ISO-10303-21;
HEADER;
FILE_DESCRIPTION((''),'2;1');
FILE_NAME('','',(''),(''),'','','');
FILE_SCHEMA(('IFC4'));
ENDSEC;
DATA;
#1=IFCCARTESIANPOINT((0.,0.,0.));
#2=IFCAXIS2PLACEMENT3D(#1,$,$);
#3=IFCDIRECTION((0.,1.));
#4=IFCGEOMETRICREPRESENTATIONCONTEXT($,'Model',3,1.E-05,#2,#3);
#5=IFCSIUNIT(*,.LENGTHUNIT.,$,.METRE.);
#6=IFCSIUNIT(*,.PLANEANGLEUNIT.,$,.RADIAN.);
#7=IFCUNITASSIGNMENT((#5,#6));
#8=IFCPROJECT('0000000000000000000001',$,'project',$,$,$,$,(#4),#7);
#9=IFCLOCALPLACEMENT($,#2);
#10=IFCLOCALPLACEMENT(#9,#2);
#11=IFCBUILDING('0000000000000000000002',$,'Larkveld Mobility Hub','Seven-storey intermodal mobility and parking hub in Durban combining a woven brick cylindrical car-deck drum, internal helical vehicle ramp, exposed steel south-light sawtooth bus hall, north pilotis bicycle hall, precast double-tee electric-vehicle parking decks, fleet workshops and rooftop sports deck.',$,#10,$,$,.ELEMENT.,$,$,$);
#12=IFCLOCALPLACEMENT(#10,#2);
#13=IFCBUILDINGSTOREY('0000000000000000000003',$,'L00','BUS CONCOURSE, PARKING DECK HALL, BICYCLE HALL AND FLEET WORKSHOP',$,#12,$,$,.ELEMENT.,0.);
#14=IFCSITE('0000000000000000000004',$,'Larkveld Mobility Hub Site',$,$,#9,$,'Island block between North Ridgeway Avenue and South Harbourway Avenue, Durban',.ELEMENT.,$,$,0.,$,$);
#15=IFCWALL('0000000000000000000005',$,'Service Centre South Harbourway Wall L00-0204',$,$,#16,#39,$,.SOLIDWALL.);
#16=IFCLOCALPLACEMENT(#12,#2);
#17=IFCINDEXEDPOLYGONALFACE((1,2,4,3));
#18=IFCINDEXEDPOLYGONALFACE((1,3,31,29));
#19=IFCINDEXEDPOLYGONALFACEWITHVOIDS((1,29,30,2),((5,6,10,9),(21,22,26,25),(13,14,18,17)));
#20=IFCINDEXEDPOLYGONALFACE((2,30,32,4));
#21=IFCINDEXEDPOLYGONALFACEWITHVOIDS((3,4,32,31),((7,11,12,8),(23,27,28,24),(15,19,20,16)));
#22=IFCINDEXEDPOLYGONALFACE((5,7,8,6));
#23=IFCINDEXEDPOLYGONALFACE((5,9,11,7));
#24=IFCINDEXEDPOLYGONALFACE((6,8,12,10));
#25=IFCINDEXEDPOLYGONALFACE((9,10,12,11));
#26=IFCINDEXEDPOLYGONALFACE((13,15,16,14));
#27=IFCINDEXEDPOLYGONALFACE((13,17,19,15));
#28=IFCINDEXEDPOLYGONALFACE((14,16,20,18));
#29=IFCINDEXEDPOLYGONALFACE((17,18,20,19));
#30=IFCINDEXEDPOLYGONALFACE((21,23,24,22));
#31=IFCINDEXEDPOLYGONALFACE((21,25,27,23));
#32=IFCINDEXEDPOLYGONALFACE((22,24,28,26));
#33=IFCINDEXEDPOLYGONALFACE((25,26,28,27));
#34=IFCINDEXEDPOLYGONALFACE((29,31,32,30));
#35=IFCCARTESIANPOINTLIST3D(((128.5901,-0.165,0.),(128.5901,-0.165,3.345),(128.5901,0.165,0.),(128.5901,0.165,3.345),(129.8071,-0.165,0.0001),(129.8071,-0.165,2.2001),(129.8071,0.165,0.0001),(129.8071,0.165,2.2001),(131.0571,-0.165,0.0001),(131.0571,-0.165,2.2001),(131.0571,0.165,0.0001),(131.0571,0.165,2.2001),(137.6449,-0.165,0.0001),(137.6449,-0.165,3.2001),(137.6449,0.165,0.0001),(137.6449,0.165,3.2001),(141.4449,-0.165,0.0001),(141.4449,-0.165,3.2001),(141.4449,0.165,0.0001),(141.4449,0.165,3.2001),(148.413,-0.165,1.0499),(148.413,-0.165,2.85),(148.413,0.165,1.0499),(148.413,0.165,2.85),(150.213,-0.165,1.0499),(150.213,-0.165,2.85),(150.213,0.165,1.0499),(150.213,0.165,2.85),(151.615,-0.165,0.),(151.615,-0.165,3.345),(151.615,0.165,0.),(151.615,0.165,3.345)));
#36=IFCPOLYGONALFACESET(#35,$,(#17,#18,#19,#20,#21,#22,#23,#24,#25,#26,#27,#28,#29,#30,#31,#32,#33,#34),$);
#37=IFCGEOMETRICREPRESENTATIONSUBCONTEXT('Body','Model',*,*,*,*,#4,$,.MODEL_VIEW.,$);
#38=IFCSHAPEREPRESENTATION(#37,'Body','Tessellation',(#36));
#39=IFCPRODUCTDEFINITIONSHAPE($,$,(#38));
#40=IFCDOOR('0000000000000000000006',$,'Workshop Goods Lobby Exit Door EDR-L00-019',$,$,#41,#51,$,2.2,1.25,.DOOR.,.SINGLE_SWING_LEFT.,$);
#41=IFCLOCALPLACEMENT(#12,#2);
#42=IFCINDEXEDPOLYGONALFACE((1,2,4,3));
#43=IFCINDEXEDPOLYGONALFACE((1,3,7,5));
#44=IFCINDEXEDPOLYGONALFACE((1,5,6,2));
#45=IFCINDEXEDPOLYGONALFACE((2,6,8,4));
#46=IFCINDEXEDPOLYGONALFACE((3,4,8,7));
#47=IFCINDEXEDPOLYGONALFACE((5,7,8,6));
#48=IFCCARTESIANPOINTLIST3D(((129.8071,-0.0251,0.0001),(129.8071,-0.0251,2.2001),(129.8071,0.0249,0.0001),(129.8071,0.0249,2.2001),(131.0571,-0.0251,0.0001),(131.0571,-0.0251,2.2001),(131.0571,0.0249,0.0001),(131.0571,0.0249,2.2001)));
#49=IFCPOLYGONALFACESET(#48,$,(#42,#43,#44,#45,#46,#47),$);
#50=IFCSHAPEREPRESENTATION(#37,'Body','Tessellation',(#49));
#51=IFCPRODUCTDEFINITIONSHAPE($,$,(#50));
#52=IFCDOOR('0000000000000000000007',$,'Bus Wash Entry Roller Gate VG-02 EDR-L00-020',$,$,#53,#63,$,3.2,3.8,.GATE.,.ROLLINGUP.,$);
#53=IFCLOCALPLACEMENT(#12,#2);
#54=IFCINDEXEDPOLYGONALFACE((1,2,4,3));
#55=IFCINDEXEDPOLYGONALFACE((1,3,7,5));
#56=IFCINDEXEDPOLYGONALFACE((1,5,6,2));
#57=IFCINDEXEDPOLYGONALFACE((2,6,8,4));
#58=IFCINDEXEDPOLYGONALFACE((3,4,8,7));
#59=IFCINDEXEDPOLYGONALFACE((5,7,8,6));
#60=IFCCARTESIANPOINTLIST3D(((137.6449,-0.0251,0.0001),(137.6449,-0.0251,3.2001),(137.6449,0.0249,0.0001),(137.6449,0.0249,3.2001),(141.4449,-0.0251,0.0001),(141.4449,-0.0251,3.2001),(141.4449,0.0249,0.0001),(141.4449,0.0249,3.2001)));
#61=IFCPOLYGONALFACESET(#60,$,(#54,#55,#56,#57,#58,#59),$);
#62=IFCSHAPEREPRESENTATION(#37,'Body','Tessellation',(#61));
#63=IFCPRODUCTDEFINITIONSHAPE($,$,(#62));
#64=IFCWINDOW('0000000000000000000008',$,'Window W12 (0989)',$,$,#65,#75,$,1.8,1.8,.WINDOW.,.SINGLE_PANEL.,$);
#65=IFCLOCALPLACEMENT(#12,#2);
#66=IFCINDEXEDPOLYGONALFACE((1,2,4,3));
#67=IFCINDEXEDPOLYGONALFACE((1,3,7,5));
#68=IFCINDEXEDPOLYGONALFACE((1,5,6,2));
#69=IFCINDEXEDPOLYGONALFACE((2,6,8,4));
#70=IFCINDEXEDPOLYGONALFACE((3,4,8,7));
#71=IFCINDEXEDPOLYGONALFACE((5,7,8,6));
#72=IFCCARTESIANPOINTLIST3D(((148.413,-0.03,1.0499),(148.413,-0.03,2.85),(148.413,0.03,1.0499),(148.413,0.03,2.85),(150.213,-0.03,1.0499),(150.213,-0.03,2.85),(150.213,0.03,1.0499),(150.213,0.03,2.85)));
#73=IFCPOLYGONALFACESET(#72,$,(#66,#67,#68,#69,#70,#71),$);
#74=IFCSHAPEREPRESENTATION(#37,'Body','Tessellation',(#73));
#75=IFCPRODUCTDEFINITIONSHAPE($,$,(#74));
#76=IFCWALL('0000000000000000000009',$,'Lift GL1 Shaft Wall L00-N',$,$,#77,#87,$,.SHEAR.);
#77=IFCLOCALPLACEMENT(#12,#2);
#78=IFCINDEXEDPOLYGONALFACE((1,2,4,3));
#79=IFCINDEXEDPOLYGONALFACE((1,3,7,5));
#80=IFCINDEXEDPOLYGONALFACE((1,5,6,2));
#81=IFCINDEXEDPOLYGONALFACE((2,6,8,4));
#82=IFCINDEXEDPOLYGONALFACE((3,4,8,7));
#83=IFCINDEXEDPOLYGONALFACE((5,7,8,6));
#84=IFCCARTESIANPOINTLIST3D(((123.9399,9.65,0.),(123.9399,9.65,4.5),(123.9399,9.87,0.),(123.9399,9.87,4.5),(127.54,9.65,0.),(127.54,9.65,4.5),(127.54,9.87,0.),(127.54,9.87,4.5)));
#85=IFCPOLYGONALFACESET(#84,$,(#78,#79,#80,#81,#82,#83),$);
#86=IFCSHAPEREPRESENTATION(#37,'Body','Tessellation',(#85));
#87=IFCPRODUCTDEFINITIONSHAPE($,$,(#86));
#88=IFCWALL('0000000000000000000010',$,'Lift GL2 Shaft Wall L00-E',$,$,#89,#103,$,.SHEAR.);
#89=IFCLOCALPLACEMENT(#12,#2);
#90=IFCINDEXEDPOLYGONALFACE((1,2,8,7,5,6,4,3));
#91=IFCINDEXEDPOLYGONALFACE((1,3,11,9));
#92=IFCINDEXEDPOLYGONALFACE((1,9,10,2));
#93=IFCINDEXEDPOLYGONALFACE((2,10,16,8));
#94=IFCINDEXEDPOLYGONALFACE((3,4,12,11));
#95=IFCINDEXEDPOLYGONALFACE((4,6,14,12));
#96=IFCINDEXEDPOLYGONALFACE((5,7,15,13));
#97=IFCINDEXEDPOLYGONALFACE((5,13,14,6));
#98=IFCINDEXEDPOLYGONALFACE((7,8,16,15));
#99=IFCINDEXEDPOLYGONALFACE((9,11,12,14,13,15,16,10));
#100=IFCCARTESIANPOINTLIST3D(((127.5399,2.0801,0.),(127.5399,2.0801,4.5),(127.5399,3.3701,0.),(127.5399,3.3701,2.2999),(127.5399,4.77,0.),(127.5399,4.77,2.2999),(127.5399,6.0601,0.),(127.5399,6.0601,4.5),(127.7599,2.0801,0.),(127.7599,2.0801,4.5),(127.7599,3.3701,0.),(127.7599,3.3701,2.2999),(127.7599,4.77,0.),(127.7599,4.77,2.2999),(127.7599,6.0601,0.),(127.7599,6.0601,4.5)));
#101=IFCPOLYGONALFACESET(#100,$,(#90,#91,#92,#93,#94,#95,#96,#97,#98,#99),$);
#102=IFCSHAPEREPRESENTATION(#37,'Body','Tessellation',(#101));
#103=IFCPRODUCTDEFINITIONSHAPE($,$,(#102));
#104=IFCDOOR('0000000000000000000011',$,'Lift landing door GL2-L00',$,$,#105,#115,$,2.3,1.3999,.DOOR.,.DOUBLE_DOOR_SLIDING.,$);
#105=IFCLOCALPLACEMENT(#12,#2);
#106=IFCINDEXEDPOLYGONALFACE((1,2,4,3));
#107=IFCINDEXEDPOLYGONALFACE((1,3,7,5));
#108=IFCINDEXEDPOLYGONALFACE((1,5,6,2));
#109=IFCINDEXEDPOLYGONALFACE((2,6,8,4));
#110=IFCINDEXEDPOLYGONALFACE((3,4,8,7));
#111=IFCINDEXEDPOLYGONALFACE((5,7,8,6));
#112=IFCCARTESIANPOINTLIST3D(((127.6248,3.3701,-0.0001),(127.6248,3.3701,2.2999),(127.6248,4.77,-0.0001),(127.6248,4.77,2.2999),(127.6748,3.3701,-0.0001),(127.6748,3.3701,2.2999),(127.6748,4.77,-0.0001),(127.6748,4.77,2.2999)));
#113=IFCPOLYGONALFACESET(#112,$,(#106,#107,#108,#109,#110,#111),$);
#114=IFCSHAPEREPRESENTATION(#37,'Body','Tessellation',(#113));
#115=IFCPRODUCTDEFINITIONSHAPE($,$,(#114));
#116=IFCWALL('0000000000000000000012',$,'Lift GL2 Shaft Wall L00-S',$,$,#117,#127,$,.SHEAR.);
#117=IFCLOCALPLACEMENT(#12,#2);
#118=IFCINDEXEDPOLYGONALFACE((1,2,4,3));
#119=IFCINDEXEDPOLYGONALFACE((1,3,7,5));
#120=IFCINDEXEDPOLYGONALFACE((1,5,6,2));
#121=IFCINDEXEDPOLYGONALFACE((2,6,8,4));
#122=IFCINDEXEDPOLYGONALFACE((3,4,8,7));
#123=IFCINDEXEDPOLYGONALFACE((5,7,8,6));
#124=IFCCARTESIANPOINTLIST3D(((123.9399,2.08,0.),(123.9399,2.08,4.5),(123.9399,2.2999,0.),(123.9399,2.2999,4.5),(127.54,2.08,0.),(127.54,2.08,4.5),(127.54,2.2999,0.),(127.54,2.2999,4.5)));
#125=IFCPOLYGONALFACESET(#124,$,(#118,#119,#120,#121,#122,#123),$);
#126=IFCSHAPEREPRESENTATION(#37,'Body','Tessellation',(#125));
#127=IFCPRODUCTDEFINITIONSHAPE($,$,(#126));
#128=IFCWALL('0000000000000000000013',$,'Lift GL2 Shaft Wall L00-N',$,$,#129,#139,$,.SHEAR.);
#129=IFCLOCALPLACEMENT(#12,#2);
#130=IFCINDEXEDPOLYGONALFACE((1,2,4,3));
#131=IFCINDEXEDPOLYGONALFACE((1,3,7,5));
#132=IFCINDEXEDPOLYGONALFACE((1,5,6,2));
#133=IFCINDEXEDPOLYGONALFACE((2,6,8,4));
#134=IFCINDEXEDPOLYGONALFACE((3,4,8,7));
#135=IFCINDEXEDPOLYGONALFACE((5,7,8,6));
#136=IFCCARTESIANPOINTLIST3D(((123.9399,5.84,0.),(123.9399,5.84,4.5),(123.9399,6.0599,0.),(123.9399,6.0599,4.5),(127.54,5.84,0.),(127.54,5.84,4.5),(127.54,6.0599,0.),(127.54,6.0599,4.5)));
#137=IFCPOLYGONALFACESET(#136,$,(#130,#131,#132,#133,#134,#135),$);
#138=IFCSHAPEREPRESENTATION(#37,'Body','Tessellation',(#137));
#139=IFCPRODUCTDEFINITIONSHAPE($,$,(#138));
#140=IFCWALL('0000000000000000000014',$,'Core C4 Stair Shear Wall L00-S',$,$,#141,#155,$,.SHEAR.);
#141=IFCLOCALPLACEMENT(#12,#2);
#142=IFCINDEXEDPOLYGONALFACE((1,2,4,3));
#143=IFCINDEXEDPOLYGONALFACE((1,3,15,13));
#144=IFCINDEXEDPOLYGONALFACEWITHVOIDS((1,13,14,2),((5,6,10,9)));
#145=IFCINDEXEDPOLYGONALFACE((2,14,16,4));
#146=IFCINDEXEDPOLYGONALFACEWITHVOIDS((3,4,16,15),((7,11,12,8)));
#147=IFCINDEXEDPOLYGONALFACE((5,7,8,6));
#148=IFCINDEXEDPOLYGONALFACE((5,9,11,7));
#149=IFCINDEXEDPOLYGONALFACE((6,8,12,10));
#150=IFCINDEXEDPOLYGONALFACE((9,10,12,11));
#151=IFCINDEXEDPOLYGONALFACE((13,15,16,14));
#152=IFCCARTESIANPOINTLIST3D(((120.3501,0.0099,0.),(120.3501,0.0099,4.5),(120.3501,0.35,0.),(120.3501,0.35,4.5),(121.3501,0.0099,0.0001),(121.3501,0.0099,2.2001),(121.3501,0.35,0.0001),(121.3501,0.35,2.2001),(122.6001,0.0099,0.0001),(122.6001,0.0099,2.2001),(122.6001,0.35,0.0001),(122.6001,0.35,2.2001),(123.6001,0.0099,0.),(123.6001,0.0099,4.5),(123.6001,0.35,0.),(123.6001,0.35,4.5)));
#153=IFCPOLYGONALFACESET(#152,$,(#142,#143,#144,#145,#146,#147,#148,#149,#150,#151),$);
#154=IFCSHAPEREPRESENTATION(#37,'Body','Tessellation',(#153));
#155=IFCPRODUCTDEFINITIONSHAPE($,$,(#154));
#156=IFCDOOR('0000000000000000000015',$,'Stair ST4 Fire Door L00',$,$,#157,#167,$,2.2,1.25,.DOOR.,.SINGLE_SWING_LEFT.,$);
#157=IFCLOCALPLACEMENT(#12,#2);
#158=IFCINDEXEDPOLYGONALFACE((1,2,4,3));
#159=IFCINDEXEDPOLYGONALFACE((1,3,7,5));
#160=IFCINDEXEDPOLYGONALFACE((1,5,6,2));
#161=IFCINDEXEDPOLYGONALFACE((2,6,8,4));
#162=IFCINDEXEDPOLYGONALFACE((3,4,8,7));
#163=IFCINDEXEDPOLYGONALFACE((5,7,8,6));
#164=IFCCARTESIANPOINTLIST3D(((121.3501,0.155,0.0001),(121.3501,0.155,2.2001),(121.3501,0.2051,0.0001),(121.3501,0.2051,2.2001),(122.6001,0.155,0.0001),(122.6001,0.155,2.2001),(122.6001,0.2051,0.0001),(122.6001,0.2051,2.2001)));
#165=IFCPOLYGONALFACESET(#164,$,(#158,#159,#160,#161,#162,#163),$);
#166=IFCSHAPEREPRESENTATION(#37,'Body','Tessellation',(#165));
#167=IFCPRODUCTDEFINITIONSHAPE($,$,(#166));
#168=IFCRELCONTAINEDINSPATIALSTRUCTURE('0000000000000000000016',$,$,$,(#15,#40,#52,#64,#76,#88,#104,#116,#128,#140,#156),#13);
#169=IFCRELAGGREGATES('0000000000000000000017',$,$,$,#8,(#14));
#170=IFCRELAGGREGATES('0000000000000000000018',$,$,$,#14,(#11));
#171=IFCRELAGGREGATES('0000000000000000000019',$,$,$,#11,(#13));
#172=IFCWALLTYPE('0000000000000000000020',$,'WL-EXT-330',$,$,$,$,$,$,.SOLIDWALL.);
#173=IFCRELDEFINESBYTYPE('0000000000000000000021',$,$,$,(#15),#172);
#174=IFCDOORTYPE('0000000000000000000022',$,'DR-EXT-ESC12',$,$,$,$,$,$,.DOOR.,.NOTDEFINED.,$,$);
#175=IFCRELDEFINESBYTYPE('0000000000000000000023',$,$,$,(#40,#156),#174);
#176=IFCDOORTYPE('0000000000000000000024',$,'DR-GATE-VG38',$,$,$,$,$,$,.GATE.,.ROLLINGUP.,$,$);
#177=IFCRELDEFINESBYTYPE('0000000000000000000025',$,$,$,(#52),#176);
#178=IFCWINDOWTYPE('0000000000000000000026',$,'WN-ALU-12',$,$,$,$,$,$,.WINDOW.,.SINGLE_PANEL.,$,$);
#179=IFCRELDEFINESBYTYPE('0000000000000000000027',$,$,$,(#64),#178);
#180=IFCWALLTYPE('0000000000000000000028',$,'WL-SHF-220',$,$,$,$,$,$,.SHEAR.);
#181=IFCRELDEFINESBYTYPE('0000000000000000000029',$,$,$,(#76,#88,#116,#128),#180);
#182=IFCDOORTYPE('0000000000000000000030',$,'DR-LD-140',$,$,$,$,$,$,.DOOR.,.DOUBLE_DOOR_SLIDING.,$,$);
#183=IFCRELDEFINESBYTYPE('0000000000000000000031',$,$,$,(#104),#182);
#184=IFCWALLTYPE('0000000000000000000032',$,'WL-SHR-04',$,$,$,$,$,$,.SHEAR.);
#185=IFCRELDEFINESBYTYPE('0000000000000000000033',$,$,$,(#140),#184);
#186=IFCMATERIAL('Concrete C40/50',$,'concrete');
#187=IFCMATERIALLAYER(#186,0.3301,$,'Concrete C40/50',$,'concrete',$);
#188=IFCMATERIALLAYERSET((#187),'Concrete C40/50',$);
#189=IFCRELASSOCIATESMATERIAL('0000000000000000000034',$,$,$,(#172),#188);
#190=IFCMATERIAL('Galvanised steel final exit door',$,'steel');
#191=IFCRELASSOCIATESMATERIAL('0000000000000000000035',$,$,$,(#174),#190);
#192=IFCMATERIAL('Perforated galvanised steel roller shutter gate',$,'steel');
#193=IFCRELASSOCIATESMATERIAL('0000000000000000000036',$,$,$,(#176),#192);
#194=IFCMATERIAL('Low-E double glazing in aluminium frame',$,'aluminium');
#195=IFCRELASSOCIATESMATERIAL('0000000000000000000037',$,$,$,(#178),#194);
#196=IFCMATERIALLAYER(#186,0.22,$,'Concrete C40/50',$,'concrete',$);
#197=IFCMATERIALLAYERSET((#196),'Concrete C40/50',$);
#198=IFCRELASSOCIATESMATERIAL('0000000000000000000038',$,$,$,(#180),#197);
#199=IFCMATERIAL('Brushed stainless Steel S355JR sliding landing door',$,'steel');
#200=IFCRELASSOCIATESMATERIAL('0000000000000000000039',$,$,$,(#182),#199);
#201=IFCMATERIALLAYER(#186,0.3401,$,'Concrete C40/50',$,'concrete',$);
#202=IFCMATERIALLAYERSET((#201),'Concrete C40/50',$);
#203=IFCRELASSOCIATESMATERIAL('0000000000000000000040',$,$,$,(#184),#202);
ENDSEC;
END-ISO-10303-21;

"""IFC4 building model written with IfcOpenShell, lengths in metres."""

from ifc_helpers import new_model, si_unit, direction, frame, frame_2d, origin, place, context, subcontext, project, spatial, rectangle, extrude, material, layer, layer_set, type_object, element, fill, save


model = new_model("IFC4")

# Units and contexts
model_context = context("Model", 3, precision=1e-05, world=origin(), true_north=direction((0.0, 1.0)))
body_context = subcontext(model_context, "Body", "Model", "MODEL_VIEW")
ifc_project = project(units=[si_unit("LENGTHUNIT", "METRE"), si_unit("PLANEANGLEUNIT", "RADIAN")], contexts=[model_context])

# Site, building, storey
site_placement = place(None, origin())
site = spatial("IfcSite", under=ifc_project, at=site_placement, Name="Larkveld Mobility Hub Site", LongName="Island block between North Ridgeway Avenue and South Harbourway Avenue, Durban", CompositionType="ELEMENT", RefElevation=0.0)
building_placement = place(site_placement, origin())
building = spatial("IfcBuilding", under=site, at=building_placement, Name="Larkveld Mobility Hub", Description="Seven-storey intermodal mobility and parking hub in Durban combining a woven brick cylindrical car-deck drum, internal helical vehicle ramp, exposed steel south-light sawtooth bus hall, north pilotis bicycle hall, precast double-tee electric-vehicle parking decks, fleet workshops and rooftop sports deck.", CompositionType="ELEMENT")
storey_placement = place(building_placement, origin())
storey = spatial("IfcBuildingStorey", under=building, at=storey_placement, Name="L00", Description="BUS CONCOURSE, PARKING DECK HALL, BICYCLE HALL AND FLEET WORKSHOP", CompositionType="ELEMENT", Elevation=0.0)

# Shared definitions
ifc_material_1 = material(Name="Concrete C40/50", Category="concrete")

# Wall, openings, doors, window
ifc_layer_1 = layer(ifc_material_1, 0.3301, Name="Concrete C40/50", Category="concrete")
ifc_layer_set_1 = layer_set([ifc_layer_1], Name="Concrete C40/50")
wall_type_1 = type_object("IfcWallType", Name="WL-EXT-330", PredefinedType="SOLIDWALL", material=ifc_layer_set_1)
wall_1_placement = place(storey_placement, frame((128.5901, 0.0, 0.0), z_axis=(0.0, 0.0, 1.0), x_axis=(1.0, 0.0, 0.0)))
wall_1 = element("IfcWall", 1, at=wall_1_placement, inside=storey, type_object=wall_type_1, Name="Service Centre South Harbourway Wall L00-0204", PredefinedType="SOLIDWALL", context=body_context, shape_type="SweptSolid", body=[
    extrude(rectangle(XDim=23.0249, YDim=0.3301, at=frame_2d((11.5125, 0.0))), origin(), (0.0, 0.0, 1.0), 3.345),
])
opening_1_placement = place(wall_1_placement, frame((1.217, 0.0, 0.0)))
opening_1 = element("IfcOpeningElement", 2, at=opening_1_placement, cuts=wall_1, PredefinedType="OPENING", context=body_context, shape_type="SweptSolid", body=[
    extrude(rectangle(XDim=1.25, YDim=2.2, at=frame_2d((0.625, 1.1001))), frame((0.0, 0.175, 0.0), z_axis=(0.0, -1.0, 0.0), x_axis=(1.0, 0.0, 0.0)), (0.0, 0.0, 1.0), 0.3501),
])
opening_2_placement = place(wall_1_placement, frame((9.0549, 0.0, 0.0)))
opening_2 = element("IfcOpeningElement", 3, at=opening_2_placement, cuts=wall_1, PredefinedType="OPENING", context=body_context, shape_type="SweptSolid", body=[
    extrude(rectangle(XDim=3.8, YDim=3.2, at=frame_2d((1.8999, 1.6001))), frame((0.0, 0.175, 0.0), z_axis=(0.0, -1.0, 0.0), x_axis=(1.0, 0.0, 0.0)), (0.0, 0.0, 1.0), 0.3501),
])
opening_3_placement = place(wall_1_placement, frame((19.823, 0.0, 1.05)))
opening_3 = element("IfcOpeningElement", 4, at=opening_3_placement, cuts=wall_1, PredefinedType="OPENING", context=body_context, shape_type="SweptSolid", body=[
    extrude(rectangle(XDim=1.8, YDim=1.8, at=frame_2d((0.8999, 0.8999))), frame((0.0, 0.175, 0.0), z_axis=(0.0, -1.0, 0.0), x_axis=(1.0, 0.0, 0.0)), (0.0, 0.0, 1.0), 0.3501),
])
ifc_material_2 = material(Name="Galvanised steel final exit door", Category="steel")
door_type_1 = type_object("IfcDoorType", Name="DR-EXT-ESC12", OperationType="NOTDEFINED", PredefinedType="DOOR", material=ifc_material_2)
door_1_placement = place(opening_1_placement, origin())
door_1 = element("IfcDoor", 5, at=door_1_placement, inside=storey, type_object=door_type_1, Name="Workshop Goods Lobby Exit Door EDR-L00-019", OperationType="SINGLE_SWING_LEFT", OverallHeight=2.2, OverallWidth=1.25, PredefinedType="DOOR", context=body_context, shape_type="SweptSolid", body=[
    extrude(rectangle(XDim=1.25, YDim=2.2, at=frame_2d((0.625, 1.1001))), frame((0.0, 0.0249, 0.0), z_axis=(0.0, -1.0, 0.0), x_axis=(1.0, 0.0, 0.0)), (0.0, 0.0, 1.0), 0.05),
])
fill(opening_1, door_1)
ifc_material_3 = material(Name="Perforated galvanised steel roller shutter gate", Category="steel")
door_type_2 = type_object("IfcDoorType", Name="DR-GATE-VG38", OperationType="ROLLINGUP", PredefinedType="GATE", material=ifc_material_3)
door_2_placement = place(opening_2_placement, origin())
door_2 = element("IfcDoor", 6, at=door_2_placement, inside=storey, type_object=door_type_2, Name="Bus Wash Entry Roller Gate VG-02 EDR-L00-020", OperationType="ROLLINGUP", OverallHeight=3.2, OverallWidth=3.8, PredefinedType="GATE", context=body_context, shape_type="SweptSolid", body=[
    extrude(rectangle(XDim=3.8, YDim=3.2, at=frame_2d((1.8999, 1.6001))), frame((0.0, 0.0249, 0.0), z_axis=(0.0, -1.0, 0.0), x_axis=(1.0, 0.0, 0.0)), (0.0, 0.0, 1.0), 0.05),
])
fill(opening_2, door_2)
ifc_material_4 = material(Name="Low-E double glazing in aluminium frame", Category="aluminium")
window_type = type_object("IfcWindowType", Name="WN-ALU-12", PartitioningType="SINGLE_PANEL", PredefinedType="WINDOW", material=ifc_material_4)
window_placement = place(opening_3_placement, origin())
window = element("IfcWindow", 7, at=window_placement, inside=storey, type_object=window_type, Name="Window W12 (0989)", OverallHeight=1.8, OverallWidth=1.8, PartitioningType="SINGLE_PANEL", PredefinedType="WINDOW", context=body_context, shape_type="SweptSolid", body=[
    extrude(rectangle(XDim=1.8, YDim=1.8, at=frame_2d((0.8999, 0.8999))), frame((0.0, 0.03, 0.0), z_axis=(0.0, -1.0, 0.0), x_axis=(1.0, 0.0, 0.0)), (0.0, 0.0, 1.0), 0.0601),
])
fill(opening_3, window)

# Wall
ifc_layer_2 = layer(ifc_material_1, 0.22, Name="Concrete C40/50", Category="concrete")
ifc_layer_set_2 = layer_set([ifc_layer_2], Name="Concrete C40/50")
wall_type_2 = type_object("IfcWallType", Name="WL-SHF-220", PredefinedType="SHEAR", material=ifc_layer_set_2)
wall_2_placement = place(storey_placement, frame((123.9399, 9.76, 0.0), z_axis=(0.0, 0.0, 1.0), x_axis=(1.0, 0.0, 0.0)))
element("IfcWall", 8, at=wall_2_placement, inside=storey, type_object=wall_type_2, Name="Lift GL1 Shaft Wall L00-N", PredefinedType="SHEAR", context=body_context, shape_type="SweptSolid", body=[
    extrude(rectangle(XDim=3.6001, YDim=0.22, at=frame_2d((1.8, 0.0))), origin(), (0.0, 0.0, 1.0), 4.5),
])

# Wall, opening, door
wall_3_placement = place(storey_placement, frame((127.6499, 6.0601, 0.0), z_axis=(0.0, 0.0, 1.0), x_axis=(0.0, -1.0, 0.0)))
wall_3 = element("IfcWall", 9, at=wall_3_placement, inside=storey, type_object=wall_type_2, Name="Lift GL2 Shaft Wall L00-E", PredefinedType="SHEAR", context=body_context, shape_type="SweptSolid", body=[
    extrude(rectangle(XDim=3.98, YDim=0.22, at=frame_2d((1.99, 0.0))), origin(), (0.0, 0.0, 1.0), 4.5),
])
opening_4_placement = place(wall_3_placement, frame((1.29, 0.0, 0.0)))
opening_4 = element("IfcOpeningElement", 10, at=opening_4_placement, cuts=wall_3, PredefinedType="OPENING", context=body_context, shape_type="SweptSolid", body=[
    extrude(rectangle(XDim=1.3999, YDim=2.3, at=frame_2d((0.7, 1.1499))), frame((0.0, 0.1201, 0.0), z_axis=(0.0, -1.0, 0.0), x_axis=(1.0, 0.0, 0.0)), (0.0, 0.0, 1.0), 0.24),
])
ifc_material_5 = material(Name="Brushed stainless Steel S355JR sliding landing door", Category="steel")
door_type_3 = type_object("IfcDoorType", Name="DR-LD-140", OperationType="DOUBLE_DOOR_SLIDING", PredefinedType="DOOR", material=ifc_material_5)
door_3_placement = place(opening_4_placement, origin())
door_3 = element("IfcDoor", 11, at=door_3_placement, inside=storey, type_object=door_type_3, Name="Lift landing door GL2-L00", OperationType="DOUBLE_DOOR_SLIDING", OverallHeight=2.3, OverallWidth=1.3999, PredefinedType="DOOR", context=body_context, shape_type="SweptSolid", body=[
    extrude(rectangle(XDim=1.3999, YDim=2.3, at=frame_2d((0.7, 1.1499))), frame((0.0, 0.0249, 0.0), z_axis=(0.0, -1.0, 0.0), x_axis=(1.0, 0.0, 0.0)), (0.0, 0.0, 1.0), 0.05),
])
fill(opening_4, door_3)

# Walls
for number, where, z_axis, x_axis, name in (
    (12, (127.54, 2.1899, 0.0), (0.0, 0.0, 1.0), (-1.0, 0.0, 0.0), "Lift GL2 Shaft Wall L00-S"),
    (13, (123.9399, 5.95, 0.0), (0.0, 0.0, 1.0), (1.0, 0.0, 0.0), "Lift GL2 Shaft Wall L00-N"),
):
    element("IfcWall", number, at=place(storey_placement, frame(where, z_axis=z_axis, x_axis=x_axis)), inside=storey, type_object=wall_type_2, Name=name, PredefinedType="SHEAR", context=body_context, shape_type="SweptSolid", body=[
        extrude(rectangle(XDim=3.6001, YDim=0.22, at=frame_2d((1.8, 0.0))), origin(), (0.0, 0.0, 1.0), 4.5),
    ])

# Wall, opening, door
ifc_layer_3 = layer(ifc_material_1, 0.3401, Name="Concrete C40/50", Category="concrete")
ifc_layer_set_3 = layer_set([ifc_layer_3], Name="Concrete C40/50")
wall_type_3 = type_object("IfcWallType", Name="WL-SHR-04", PredefinedType="SHEAR", material=ifc_layer_set_3)
wall_4_placement = place(storey_placement, frame((123.6001, 0.1799, 0.0), z_axis=(0.0, 0.0, 1.0), x_axis=(-1.0, 0.0, 0.0)))
wall_4 = element("IfcWall", 14, at=wall_4_placement, inside=storey, type_object=wall_type_3, Name="Core C4 Stair Shear Wall L00-S", PredefinedType="SHEAR", context=body_context, shape_type="SweptSolid", body=[
    extrude(rectangle(XDim=3.25, YDim=0.3401, at=frame_2d((1.625, 0.0))), origin(), (0.0, 0.0, 1.0), 4.5),
])
opening_5_placement = place(wall_4_placement, frame((1.0, 0.0, 0.0)))
opening_5 = element("IfcOpeningElement", 15, at=opening_5_placement, cuts=wall_4, PredefinedType="OPENING", context=body_context, shape_type="SweptSolid", body=[
    extrude(rectangle(XDim=1.25, YDim=2.2, at=frame_2d((0.625, 1.1001))), frame((0.0, 0.1802, 0.0), z_axis=(0.0, -1.0, 0.0), x_axis=(1.0, 0.0, 0.0)), (0.0, 0.0, 1.0), 0.3601),
])
door_4_placement = place(opening_5_placement, origin())
door_4 = element("IfcDoor", 16, at=door_4_placement, inside=storey, type_object=door_type_1, Name="Stair ST4 Fire Door L00", OperationType="SINGLE_SWING_LEFT", OverallHeight=2.2, OverallWidth=1.25, PredefinedType="DOOR", context=body_context, shape_type="SweptSolid", body=[
    extrude(rectangle(XDim=1.25, YDim=2.2, at=frame_2d((0.625, 1.1001))), frame((0.0, 0.0249, 0.0), z_axis=(0.0, -1.0, 0.0), x_axis=(1.0, 0.0, 0.0)), (0.0, 0.0, 1.0), 0.05),
])
fill(opening_5, door_4)

save(model, "model.ifc")
